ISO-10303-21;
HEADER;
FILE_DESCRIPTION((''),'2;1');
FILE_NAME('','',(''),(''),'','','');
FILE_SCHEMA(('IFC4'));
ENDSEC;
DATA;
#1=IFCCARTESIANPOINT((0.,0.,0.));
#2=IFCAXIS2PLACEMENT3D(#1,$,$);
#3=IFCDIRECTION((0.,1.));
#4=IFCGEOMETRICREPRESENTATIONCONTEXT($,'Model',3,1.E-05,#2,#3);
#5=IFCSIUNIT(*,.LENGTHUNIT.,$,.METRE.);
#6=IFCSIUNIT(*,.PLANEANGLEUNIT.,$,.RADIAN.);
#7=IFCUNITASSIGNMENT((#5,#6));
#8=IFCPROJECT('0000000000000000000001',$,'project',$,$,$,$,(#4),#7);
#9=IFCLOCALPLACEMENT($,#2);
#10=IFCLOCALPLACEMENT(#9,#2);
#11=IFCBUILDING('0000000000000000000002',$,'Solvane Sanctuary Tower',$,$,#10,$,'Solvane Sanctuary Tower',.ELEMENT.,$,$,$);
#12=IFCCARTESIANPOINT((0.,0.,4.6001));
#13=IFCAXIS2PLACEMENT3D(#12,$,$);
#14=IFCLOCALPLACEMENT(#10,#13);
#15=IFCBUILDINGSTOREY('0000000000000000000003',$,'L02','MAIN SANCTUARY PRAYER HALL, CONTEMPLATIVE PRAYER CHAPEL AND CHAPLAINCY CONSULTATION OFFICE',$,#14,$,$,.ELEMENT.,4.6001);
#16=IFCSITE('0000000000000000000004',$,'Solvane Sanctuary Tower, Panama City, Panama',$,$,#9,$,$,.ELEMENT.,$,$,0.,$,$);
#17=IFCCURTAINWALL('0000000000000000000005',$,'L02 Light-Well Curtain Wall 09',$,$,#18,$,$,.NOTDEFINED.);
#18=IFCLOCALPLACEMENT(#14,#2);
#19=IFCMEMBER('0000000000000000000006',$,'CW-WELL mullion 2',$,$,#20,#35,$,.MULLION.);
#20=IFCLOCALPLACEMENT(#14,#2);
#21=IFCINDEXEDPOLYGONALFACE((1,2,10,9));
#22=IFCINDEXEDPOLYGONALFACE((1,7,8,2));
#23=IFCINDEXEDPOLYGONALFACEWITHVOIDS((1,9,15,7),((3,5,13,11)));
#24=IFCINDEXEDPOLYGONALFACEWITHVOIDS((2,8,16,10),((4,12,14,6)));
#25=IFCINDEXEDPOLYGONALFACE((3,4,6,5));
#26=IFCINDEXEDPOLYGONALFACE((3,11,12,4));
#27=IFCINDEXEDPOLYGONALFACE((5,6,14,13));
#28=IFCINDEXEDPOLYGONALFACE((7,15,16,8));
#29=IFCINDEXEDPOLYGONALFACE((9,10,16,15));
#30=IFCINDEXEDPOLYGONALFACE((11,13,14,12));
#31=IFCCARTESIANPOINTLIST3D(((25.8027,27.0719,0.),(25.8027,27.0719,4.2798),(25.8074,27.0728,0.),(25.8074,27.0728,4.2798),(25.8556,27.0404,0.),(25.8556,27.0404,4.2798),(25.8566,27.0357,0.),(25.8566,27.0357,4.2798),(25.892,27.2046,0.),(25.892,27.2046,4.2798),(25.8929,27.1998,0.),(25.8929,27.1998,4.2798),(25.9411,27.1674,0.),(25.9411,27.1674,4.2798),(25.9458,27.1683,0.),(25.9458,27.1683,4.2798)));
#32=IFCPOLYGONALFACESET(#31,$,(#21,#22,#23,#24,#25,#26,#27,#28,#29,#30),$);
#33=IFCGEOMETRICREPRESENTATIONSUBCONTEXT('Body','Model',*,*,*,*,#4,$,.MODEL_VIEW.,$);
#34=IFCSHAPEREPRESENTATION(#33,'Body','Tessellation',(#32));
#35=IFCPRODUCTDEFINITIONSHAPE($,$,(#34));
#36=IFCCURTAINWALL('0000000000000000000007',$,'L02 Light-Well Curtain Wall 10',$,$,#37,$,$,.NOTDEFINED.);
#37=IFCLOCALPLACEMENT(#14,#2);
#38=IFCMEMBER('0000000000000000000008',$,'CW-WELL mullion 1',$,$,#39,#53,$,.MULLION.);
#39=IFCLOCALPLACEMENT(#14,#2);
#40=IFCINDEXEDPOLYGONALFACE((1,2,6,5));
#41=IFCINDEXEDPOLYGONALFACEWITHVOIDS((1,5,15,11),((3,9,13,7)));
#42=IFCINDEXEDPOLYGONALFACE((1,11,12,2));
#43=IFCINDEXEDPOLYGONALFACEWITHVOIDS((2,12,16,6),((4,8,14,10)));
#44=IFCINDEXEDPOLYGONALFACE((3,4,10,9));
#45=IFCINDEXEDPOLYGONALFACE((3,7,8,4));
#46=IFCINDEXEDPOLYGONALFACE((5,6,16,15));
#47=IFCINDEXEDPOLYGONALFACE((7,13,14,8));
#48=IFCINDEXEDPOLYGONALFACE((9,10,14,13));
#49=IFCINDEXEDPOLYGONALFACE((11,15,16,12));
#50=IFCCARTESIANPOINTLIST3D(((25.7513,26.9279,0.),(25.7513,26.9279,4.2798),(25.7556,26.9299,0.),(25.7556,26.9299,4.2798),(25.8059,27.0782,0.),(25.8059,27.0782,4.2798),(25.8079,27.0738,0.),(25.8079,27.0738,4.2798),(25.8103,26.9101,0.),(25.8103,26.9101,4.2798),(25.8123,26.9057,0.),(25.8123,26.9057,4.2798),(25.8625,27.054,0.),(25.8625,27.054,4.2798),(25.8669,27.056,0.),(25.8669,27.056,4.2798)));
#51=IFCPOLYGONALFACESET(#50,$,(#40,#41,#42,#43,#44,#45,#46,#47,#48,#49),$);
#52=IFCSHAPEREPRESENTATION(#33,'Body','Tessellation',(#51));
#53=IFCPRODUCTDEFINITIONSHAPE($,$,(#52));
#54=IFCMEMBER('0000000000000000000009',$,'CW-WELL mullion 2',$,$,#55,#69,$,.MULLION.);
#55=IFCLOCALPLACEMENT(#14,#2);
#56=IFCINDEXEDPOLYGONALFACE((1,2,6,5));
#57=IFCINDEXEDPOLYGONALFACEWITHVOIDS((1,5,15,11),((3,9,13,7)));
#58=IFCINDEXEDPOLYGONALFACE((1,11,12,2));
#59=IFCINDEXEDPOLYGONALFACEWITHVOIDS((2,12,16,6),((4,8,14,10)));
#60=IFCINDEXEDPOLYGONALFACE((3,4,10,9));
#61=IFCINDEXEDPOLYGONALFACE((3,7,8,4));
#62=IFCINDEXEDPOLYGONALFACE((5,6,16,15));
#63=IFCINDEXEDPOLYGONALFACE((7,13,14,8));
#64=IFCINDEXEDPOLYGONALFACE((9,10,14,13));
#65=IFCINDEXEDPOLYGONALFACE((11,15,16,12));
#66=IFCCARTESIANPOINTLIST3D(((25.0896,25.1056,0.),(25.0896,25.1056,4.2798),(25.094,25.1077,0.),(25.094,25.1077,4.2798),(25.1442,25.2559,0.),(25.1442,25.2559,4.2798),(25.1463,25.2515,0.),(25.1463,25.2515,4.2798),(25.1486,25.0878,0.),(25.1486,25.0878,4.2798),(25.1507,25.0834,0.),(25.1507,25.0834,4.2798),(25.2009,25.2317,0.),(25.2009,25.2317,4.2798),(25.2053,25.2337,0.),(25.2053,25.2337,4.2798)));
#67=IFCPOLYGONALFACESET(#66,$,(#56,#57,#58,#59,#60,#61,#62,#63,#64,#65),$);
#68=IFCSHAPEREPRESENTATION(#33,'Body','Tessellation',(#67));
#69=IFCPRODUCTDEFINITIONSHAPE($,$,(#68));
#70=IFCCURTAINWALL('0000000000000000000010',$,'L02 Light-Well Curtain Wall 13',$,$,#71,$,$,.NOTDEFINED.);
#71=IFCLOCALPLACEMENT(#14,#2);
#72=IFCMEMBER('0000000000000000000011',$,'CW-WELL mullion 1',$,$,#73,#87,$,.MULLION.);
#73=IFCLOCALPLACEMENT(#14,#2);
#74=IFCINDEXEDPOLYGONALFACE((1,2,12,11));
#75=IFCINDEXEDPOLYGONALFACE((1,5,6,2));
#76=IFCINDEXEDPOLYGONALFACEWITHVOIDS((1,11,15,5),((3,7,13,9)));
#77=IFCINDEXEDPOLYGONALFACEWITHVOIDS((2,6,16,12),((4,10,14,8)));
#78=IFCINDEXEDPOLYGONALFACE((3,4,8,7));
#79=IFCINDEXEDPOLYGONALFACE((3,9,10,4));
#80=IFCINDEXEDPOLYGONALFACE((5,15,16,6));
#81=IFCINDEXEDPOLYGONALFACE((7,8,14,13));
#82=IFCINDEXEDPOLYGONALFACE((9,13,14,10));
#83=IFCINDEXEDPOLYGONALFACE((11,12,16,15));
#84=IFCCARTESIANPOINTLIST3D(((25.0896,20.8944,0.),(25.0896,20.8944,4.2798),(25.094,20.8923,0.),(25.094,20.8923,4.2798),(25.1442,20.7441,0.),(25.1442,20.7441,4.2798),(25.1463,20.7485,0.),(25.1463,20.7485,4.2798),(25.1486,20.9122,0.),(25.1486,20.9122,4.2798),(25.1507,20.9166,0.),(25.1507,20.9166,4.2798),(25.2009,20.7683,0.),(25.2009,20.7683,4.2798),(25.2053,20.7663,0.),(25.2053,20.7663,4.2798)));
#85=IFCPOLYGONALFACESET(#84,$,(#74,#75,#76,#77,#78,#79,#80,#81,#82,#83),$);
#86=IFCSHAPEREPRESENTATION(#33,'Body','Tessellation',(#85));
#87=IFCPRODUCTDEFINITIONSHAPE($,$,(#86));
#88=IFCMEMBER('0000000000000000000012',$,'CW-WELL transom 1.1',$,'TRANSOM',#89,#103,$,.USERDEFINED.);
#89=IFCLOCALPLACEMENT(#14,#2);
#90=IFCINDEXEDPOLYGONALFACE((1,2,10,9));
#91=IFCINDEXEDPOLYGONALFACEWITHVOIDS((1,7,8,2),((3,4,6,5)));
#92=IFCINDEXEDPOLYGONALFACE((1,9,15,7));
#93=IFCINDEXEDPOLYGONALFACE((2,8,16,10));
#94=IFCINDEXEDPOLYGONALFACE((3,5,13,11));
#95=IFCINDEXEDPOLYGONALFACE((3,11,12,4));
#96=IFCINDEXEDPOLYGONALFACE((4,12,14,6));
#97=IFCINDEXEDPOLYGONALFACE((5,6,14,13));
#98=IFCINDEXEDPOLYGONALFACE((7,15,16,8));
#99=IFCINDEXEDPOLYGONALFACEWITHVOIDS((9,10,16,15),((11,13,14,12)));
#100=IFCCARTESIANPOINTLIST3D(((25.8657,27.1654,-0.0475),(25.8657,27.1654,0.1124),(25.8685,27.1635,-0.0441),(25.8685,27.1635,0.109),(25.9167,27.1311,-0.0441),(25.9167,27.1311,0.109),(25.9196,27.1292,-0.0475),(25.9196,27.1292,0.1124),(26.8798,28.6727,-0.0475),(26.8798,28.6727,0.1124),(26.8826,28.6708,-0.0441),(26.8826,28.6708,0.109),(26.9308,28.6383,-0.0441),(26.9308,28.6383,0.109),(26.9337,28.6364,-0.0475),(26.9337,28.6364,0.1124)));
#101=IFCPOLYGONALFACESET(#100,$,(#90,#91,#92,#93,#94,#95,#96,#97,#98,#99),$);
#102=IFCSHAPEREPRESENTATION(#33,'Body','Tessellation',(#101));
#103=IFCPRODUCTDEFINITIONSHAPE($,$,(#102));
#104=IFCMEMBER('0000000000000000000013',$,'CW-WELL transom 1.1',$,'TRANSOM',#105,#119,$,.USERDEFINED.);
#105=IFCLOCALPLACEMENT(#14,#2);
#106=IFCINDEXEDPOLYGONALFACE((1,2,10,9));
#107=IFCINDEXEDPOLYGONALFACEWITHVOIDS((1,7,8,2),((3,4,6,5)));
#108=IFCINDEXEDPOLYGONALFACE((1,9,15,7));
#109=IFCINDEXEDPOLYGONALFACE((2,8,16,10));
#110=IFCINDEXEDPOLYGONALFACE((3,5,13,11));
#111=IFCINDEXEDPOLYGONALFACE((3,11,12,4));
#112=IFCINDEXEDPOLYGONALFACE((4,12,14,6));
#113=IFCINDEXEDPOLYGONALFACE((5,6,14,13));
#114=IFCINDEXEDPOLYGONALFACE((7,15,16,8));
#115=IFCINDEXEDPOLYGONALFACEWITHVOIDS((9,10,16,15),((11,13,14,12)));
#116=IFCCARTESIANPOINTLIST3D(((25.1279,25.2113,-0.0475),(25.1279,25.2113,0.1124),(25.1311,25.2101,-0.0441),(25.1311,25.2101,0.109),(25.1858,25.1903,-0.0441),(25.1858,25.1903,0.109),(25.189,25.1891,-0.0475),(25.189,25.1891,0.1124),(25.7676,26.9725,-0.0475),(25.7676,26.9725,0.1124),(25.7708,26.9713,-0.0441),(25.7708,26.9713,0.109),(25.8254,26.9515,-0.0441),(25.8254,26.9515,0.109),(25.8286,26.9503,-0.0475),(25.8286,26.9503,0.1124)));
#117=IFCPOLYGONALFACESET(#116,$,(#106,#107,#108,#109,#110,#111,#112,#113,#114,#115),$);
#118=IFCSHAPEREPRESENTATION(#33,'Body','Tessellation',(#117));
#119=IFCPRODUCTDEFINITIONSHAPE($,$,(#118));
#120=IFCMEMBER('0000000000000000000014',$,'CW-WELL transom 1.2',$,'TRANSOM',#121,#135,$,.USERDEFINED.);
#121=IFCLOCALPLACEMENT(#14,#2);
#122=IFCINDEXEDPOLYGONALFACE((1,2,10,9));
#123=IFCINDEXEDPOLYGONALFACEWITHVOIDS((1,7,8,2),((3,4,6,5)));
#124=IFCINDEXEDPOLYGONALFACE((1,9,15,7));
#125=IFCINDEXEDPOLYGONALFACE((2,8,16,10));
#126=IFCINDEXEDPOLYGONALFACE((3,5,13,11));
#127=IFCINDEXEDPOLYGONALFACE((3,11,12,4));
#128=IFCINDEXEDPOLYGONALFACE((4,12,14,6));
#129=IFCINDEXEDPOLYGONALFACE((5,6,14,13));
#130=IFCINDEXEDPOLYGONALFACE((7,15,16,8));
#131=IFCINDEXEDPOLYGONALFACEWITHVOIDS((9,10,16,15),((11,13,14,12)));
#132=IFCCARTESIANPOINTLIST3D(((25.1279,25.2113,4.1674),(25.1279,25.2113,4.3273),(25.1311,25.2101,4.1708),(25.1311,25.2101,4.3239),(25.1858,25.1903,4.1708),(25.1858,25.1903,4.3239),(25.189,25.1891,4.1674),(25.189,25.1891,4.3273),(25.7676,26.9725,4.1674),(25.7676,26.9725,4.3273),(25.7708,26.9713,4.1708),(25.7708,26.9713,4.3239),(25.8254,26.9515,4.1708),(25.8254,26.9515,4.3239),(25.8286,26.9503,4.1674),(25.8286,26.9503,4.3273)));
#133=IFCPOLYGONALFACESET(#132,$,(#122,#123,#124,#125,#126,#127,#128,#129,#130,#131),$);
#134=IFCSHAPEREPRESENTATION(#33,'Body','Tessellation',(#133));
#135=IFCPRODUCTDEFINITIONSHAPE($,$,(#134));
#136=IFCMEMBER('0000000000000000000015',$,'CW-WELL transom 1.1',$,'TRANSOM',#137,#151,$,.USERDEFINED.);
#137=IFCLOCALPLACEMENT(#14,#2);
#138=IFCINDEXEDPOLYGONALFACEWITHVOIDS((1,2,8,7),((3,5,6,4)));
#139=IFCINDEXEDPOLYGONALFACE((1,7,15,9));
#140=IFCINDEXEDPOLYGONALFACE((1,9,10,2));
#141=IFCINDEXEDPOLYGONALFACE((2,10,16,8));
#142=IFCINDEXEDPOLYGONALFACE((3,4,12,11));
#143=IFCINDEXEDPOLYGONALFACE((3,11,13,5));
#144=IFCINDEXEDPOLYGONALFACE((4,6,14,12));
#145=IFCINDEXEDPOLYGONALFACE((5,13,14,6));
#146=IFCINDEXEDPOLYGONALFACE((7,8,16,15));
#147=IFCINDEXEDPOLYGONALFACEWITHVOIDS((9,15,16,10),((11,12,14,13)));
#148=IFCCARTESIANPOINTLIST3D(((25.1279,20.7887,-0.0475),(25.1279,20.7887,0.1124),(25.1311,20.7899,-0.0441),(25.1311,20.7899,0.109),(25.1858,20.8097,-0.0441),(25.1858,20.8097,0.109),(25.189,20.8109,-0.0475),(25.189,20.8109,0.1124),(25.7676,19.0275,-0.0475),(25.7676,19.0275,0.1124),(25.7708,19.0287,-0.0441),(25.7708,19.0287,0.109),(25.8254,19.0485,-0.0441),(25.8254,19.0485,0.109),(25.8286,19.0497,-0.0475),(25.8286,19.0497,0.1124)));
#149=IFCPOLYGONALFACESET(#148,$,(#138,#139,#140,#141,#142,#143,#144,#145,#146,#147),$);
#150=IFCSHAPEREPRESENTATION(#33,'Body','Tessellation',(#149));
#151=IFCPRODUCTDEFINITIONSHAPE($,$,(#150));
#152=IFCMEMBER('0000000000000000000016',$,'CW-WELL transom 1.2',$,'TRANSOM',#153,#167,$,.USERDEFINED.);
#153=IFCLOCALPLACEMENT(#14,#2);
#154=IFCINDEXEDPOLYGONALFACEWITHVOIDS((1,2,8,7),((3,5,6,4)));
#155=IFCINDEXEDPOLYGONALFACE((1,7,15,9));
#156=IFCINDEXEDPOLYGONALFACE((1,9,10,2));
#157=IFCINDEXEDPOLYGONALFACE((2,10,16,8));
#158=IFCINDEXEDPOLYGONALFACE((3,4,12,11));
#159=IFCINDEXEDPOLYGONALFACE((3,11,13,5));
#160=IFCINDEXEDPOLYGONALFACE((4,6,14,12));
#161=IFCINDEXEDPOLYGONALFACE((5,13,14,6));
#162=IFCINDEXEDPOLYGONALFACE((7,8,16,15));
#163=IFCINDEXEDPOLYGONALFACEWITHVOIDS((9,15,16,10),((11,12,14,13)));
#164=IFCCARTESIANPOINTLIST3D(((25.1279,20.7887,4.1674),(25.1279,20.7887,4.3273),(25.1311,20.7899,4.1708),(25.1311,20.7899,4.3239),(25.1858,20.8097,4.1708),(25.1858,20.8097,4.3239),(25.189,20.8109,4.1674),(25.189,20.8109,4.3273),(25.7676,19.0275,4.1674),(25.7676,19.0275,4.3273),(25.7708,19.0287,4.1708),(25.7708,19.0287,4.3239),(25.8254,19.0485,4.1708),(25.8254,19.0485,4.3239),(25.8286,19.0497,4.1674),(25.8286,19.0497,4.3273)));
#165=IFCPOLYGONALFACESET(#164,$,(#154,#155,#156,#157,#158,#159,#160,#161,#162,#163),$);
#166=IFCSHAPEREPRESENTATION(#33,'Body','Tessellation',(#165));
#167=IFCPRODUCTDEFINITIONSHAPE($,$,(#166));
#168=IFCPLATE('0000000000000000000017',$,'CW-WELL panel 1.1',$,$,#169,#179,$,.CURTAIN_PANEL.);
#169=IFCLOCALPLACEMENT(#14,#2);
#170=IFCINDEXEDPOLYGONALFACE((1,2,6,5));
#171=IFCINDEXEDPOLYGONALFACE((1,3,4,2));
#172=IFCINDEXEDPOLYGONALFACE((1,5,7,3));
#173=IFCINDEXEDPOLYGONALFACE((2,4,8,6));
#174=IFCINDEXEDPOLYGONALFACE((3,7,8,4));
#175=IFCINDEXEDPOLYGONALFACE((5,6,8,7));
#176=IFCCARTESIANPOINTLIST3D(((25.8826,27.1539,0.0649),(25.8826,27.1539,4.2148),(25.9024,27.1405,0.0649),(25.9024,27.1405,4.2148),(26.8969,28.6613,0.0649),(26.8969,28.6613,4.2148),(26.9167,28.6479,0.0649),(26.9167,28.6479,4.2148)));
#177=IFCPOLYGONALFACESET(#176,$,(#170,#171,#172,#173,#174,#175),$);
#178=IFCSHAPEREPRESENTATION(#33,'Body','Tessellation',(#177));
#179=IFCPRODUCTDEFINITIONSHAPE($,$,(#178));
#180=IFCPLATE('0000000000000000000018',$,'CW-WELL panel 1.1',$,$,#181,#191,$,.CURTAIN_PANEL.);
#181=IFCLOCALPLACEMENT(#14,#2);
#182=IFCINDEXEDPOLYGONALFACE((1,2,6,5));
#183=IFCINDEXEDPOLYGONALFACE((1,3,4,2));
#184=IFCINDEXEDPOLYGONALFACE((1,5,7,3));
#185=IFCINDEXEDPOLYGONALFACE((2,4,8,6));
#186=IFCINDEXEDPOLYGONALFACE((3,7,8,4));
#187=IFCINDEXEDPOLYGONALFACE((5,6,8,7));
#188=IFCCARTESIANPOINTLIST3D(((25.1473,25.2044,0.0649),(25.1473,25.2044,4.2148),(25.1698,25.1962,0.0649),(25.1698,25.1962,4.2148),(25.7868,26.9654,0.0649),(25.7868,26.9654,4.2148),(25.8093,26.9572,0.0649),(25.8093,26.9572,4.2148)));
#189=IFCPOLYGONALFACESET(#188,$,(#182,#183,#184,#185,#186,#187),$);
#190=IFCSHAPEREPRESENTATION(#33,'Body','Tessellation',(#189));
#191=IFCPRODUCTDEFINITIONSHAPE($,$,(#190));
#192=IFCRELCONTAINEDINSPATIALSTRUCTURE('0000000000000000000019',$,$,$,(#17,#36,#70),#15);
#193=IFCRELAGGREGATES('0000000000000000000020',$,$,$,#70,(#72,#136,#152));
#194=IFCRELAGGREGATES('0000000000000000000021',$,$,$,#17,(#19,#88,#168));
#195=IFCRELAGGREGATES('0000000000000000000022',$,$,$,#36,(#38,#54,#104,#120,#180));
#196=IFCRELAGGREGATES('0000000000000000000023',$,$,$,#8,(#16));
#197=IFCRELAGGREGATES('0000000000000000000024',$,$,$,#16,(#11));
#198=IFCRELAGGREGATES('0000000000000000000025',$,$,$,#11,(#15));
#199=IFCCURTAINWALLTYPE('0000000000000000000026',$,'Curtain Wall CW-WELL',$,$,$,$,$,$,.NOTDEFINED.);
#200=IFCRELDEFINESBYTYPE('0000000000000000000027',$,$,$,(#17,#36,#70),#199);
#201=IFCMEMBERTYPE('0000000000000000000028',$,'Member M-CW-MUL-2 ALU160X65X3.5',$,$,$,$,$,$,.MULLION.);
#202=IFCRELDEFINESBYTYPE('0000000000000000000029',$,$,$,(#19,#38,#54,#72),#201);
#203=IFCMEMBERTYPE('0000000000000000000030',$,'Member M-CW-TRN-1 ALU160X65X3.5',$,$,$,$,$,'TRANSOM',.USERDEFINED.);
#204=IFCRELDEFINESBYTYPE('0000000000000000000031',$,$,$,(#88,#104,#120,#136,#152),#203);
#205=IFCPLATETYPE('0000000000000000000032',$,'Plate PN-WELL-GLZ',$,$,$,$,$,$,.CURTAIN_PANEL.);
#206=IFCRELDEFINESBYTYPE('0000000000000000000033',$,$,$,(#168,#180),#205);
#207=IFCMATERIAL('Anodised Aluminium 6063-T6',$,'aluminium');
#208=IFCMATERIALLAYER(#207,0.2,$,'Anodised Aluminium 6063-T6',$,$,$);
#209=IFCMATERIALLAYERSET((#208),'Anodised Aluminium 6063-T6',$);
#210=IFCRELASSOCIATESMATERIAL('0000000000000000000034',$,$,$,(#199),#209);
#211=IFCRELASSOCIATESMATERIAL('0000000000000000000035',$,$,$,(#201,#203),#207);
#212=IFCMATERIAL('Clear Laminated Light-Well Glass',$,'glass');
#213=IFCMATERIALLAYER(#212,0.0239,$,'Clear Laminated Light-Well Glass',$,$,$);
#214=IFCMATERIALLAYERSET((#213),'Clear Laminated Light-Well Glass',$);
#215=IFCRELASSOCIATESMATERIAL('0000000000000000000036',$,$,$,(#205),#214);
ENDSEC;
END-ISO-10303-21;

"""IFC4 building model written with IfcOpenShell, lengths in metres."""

from ifc_helpers import new_model, si_unit, direction, frame, origin, origin_2d, place, context, subcontext, project, spatial, rectangle, hollow_rectangle, extrude, material, layer, layer_set, material_profile, profile_set, type_object, element, aggregate, save


model = new_model("IFC4")

# Units and contexts
model_context = context("Model", 3, precision=1e-05, world=origin(), true_north=direction((0.0, 1.0)))
body_context = subcontext(model_context, "Body", "Model", "MODEL_VIEW")
ifc_project = project(units=[si_unit("LENGTHUNIT", "METRE"), si_unit("PLANEANGLEUNIT", "RADIAN")], contexts=[model_context])

# Site, building, storey
site_placement = place(None, origin())
site = spatial("IfcSite", under=ifc_project, at=site_placement, Name="Solvane Sanctuary Tower, Panama City, Panama", CompositionType="ELEMENT", RefElevation=0.0)
building_placement = place(site_placement, origin())
building = spatial("IfcBuilding", under=site, at=building_placement, Name="Solvane Sanctuary Tower", LongName="Solvane Sanctuary Tower", CompositionType="ELEMENT")
storey_placement = place(building_placement, frame((0.0, 0.0, 4.6001)))
storey = spatial("IfcBuildingStorey", under=building, at=storey_placement, Name="L02", Description="MAIN SANCTUARY PRAYER HALL, CONTEMPLATIVE PRAYER CHAPEL AND CHAPLAINCY CONSULTATION OFFICE", CompositionType="ELEMENT", Elevation=4.6001)

# Curtain wall, member
ifc_material_1 = material(Name="Anodised Aluminium 6063-T6", Category="aluminium")
ifc_layer_1 = layer(ifc_material_1, 0.2, Name="Anodised Aluminium 6063-T6")
ifc_layer_set_1 = layer_set([ifc_layer_1], Name="Anodised Aluminium 6063-T6")
curtain_wall_type = type_object("IfcCurtainWallType", Name="Curtain Wall CW-WELL", PredefinedType="NOTDEFINED", material=ifc_layer_set_1)
curtain_wall_1_placement = place(storey_placement, origin())
curtain_wall_1 = element("IfcCurtainWall", 1, at=curtain_wall_1_placement, inside=storey, type_object=curtain_wall_type, Name="L02 Light-Well Curtain Wall 09", PredefinedType="NOTDEFINED")
ifc_material_profile_1 = material_profile(ifc_material_1, hollow_rectangle(XDim=0.0649, YDim=0.1599, WallThickness=0.0034, at=origin_2d()), Name="ALU160X65X3.5")
ifc_profile_set_1 = profile_set([ifc_material_profile_1], Name="Anodised Aluminium 6063-T6")
member_type_1 = type_object("IfcMemberType", Name="Member M-CW-MUL-2 ALU160X65X3.5", PredefinedType="MULLION", material=ifc_profile_set_1)
member_1_placement = place(storey_placement, frame((25.8743, 27.1201, 0.0), z_axis=(0.0, 0.0, 1.0), x_axis=(0.829664, -0.558263, 0.0)))
member_1 = element("IfcMember", 2, at=member_1_placement, type_object=member_type_1, Name="CW-WELL mullion 2", PredefinedType="MULLION", context=body_context, shape_type="SweptSolid", body=[
    extrude(hollow_rectangle(XDim=0.0649, YDim=0.1599, WallThickness=0.0034, at=origin_2d()), origin(), (0.0, 0.0, 1.0), 4.2798),
])

# Curtain wall, members
curtain_wall_2_placement = place(storey_placement, origin())
curtain_wall_2 = element("IfcCurtainWall", 3, at=curtain_wall_2_placement, inside=storey, type_object=curtain_wall_type, Name="L02 Light-Well Curtain Wall 10", PredefinedType="NOTDEFINED")
member_2_placement = place(storey_placement, frame((25.8091, 26.9919, 0.0), z_axis=(0.0, 0.0, 1.0), x_axis=(0.939938, -0.341346, 0.0)))
member_2 = element("IfcMember", 4, at=member_2_placement, type_object=member_type_1, Name="CW-WELL mullion 1", PredefinedType="MULLION", context=body_context, shape_type="SweptSolid", body=[
    extrude(hollow_rectangle(XDim=0.0649, YDim=0.1599, WallThickness=0.0034, at=origin_2d()), origin(), (0.0, 0.0, 1.0), 4.2798),
])
member_3_placement = place(storey_placement, frame((25.1475, 25.1697, 0.0), z_axis=(0.0, 0.0, 1.0), x_axis=(0.939938, -0.341346, 0.0)))
member_3 = element("IfcMember", 5, at=member_3_placement, type_object=member_type_1, Name="CW-WELL mullion 2", PredefinedType="MULLION", context=body_context, shape_type="SweptSolid", body=[
    extrude(hollow_rectangle(XDim=0.0649, YDim=0.1599, WallThickness=0.0034, at=origin_2d()), origin(), (0.0, 0.0, 1.0), 4.2798),
])

# Curtain wall, member
curtain_wall_3_placement = place(storey_placement, origin())
curtain_wall_3 = element("IfcCurtainWall", 6, at=curtain_wall_3_placement, inside=storey, type_object=curtain_wall_type, Name="L02 Light-Well Curtain Wall 13", PredefinedType="NOTDEFINED")
member_4_placement = place(storey_placement, frame((25.1475, 20.8303, 0.0), z_axis=(0.0, 0.0, 1.0), x_axis=(0.939938, 0.341346, 0.0)))
member_4 = element("IfcMember", 7, at=member_4_placement, type_object=member_type_1, Name="CW-WELL mullion 1", PredefinedType="MULLION", context=body_context, shape_type="SweptSolid", body=[
    extrude(hollow_rectangle(XDim=0.0649, YDim=0.1599, WallThickness=0.0034, at=origin_2d()), origin(), (0.0, 0.0, 1.0), 4.2798),
])

# Members
ifc_material_profile_2 = material_profile(ifc_material_1, hollow_rectangle(XDim=0.0649, YDim=0.1599, WallThickness=0.0034, at=origin_2d()), Name="ALU160X65X3.5")
ifc_profile_set_2 = profile_set([ifc_material_profile_2], Name="Anodised Aluminium 6063-T6")
member_type_2 = type_object("IfcMemberType", Name="Member M-CW-TRN-1 ALU160X65X3.5", ElementType="TRANSOM", PredefinedType="USERDEFINED", material=ifc_profile_set_2)
member_5_placement = place(storey_placement, frame((26.9067, 28.6545, 0.0325), z_axis=(-0.558231, -0.829686, 0.0), x_axis=(0.829686, -0.558231, 0.0)))
member_5 = element("IfcMember", 8, at=member_5_placement, type_object=member_type_2, Name="CW-WELL transom 1.1", ObjectType="TRANSOM", PredefinedType="USERDEFINED", context=body_context, shape_type="SweptSolid", body=[
    extrude(hollow_rectangle(XDim=0.0649, YDim=0.1599, WallThickness=0.0034, at=origin_2d()), origin(), (0.0, 0.0, 1.0), 1.8167),
])
member_6_placement = place(storey_placement, frame((25.7981, 26.9614, 0.0325), z_axis=(-0.341366, -0.93993, 0.0), x_axis=(0.93993, -0.341366, 0.0)))
member_6 = element("IfcMember", 9, at=member_6_placement, type_object=member_type_2, Name="CW-WELL transom 1.1", ObjectType="TRANSOM", PredefinedType="USERDEFINED", context=body_context, shape_type="SweptSolid", body=[
    extrude(hollow_rectangle(XDim=0.0649, YDim=0.1599, WallThickness=0.0034, at=origin_2d()), origin(), (0.0, 0.0, 1.0), 1.8738),
])
member_7_placement = place(storey_placement, frame((25.7981, 26.9614, 4.2473), z_axis=(-0.341366, -0.93993, 0.0), x_axis=(0.93993, -0.341366, 0.0)))
member_7 = element("IfcMember", 10, at=member_7_placement, type_object=member_type_2, Name="CW-WELL transom 1.2", ObjectType="TRANSOM", PredefinedType="USERDEFINED", context=body_context, shape_type="SweptSolid", body=[
    extrude(hollow_rectangle(XDim=0.0649, YDim=0.1599, WallThickness=0.0034, at=origin_2d()), origin(), (0.0, 0.0, 1.0), 1.8738),
])
member_8_placement = place(storey_placement, frame((25.1584, 20.7998, 0.0325), z_axis=(0.341366, -0.93993, 0.0), x_axis=(0.93993, 0.341366, 0.0)))
member_8 = element("IfcMember", 11, at=member_8_placement, type_object=member_type_2, Name="CW-WELL transom 1.1", ObjectType="TRANSOM", PredefinedType="USERDEFINED", context=body_context, shape_type="SweptSolid", body=[
    extrude(hollow_rectangle(XDim=0.0649, YDim=0.1599, WallThickness=0.0034, at=origin_2d()), origin(), (0.0, 0.0, 1.0), 1.8738),
])
member_9_placement = place(storey_placement, frame((25.1584, 20.7998, 4.2473), z_axis=(0.341366, -0.93993, 0.0), x_axis=(0.93993, 0.341366, 0.0)))
member_9 = element("IfcMember", 12, at=member_9_placement, type_object=member_type_2, Name="CW-WELL transom 1.2", ObjectType="TRANSOM", PredefinedType="USERDEFINED", context=body_context, shape_type="SweptSolid", body=[
    extrude(hollow_rectangle(XDim=0.0649, YDim=0.1599, WallThickness=0.0034, at=origin_2d()), origin(), (0.0, 0.0, 1.0), 1.8738),
])
aggregate(curtain_wall_3, [member_4, member_8, member_9])

# Plates
ifc_material_2 = material(Name="Clear Laminated Light-Well Glass", Category="glass")
ifc_layer_2 = layer(ifc_material_2, 0.0239, Name="Clear Laminated Light-Well Glass")
ifc_layer_set_2 = layer_set([ifc_layer_2], Name="Clear Laminated Light-Well Glass")
plate_type = type_object("IfcPlateType", Name="Plate PN-WELL-GLZ", PredefinedType="CURTAIN_PANEL", material=ifc_layer_set_2)
plate_1_placement = place(storey_placement, frame((26.3997, 27.9009, 0.0649), z_axis=(0.0, 0.0, 1.0), x_axis=(-0.558263, -0.829664, 0.0)))
plate_1 = element("IfcPlate", 13, at=plate_1_placement, type_object=plate_type, Name="CW-WELL panel 1.1", PredefinedType="CURTAIN_PANEL", context=body_context, shape_type="SweptSolid", body=[
    extrude(rectangle(XDim=1.8169, YDim=0.0239, at=origin_2d()), origin(), (0.0, 0.0, 1.0), 4.1499),
])
aggregate(curtain_wall_1, [member_1, member_5, plate_1])
plate_2_placement = place(storey_placement, frame((25.4783, 26.0808, 0.0649), z_axis=(0.0, 0.0, 1.0), x_axis=(-0.341346, -0.939938, 0.0)))
plate_2 = element("IfcPlate", 14, at=plate_2_placement, type_object=plate_type, Name="CW-WELL panel 1.1", PredefinedType="CURTAIN_PANEL", context=body_context, shape_type="SweptSolid", body=[
    extrude(rectangle(XDim=1.8735, YDim=0.0239, at=origin_2d()), origin(), (0.0, 0.0, 1.0), 4.1499),
])
aggregate(curtain_wall_2, [member_2, member_3, member_6, member_7, plate_2])

save(model, "model.ifc")
